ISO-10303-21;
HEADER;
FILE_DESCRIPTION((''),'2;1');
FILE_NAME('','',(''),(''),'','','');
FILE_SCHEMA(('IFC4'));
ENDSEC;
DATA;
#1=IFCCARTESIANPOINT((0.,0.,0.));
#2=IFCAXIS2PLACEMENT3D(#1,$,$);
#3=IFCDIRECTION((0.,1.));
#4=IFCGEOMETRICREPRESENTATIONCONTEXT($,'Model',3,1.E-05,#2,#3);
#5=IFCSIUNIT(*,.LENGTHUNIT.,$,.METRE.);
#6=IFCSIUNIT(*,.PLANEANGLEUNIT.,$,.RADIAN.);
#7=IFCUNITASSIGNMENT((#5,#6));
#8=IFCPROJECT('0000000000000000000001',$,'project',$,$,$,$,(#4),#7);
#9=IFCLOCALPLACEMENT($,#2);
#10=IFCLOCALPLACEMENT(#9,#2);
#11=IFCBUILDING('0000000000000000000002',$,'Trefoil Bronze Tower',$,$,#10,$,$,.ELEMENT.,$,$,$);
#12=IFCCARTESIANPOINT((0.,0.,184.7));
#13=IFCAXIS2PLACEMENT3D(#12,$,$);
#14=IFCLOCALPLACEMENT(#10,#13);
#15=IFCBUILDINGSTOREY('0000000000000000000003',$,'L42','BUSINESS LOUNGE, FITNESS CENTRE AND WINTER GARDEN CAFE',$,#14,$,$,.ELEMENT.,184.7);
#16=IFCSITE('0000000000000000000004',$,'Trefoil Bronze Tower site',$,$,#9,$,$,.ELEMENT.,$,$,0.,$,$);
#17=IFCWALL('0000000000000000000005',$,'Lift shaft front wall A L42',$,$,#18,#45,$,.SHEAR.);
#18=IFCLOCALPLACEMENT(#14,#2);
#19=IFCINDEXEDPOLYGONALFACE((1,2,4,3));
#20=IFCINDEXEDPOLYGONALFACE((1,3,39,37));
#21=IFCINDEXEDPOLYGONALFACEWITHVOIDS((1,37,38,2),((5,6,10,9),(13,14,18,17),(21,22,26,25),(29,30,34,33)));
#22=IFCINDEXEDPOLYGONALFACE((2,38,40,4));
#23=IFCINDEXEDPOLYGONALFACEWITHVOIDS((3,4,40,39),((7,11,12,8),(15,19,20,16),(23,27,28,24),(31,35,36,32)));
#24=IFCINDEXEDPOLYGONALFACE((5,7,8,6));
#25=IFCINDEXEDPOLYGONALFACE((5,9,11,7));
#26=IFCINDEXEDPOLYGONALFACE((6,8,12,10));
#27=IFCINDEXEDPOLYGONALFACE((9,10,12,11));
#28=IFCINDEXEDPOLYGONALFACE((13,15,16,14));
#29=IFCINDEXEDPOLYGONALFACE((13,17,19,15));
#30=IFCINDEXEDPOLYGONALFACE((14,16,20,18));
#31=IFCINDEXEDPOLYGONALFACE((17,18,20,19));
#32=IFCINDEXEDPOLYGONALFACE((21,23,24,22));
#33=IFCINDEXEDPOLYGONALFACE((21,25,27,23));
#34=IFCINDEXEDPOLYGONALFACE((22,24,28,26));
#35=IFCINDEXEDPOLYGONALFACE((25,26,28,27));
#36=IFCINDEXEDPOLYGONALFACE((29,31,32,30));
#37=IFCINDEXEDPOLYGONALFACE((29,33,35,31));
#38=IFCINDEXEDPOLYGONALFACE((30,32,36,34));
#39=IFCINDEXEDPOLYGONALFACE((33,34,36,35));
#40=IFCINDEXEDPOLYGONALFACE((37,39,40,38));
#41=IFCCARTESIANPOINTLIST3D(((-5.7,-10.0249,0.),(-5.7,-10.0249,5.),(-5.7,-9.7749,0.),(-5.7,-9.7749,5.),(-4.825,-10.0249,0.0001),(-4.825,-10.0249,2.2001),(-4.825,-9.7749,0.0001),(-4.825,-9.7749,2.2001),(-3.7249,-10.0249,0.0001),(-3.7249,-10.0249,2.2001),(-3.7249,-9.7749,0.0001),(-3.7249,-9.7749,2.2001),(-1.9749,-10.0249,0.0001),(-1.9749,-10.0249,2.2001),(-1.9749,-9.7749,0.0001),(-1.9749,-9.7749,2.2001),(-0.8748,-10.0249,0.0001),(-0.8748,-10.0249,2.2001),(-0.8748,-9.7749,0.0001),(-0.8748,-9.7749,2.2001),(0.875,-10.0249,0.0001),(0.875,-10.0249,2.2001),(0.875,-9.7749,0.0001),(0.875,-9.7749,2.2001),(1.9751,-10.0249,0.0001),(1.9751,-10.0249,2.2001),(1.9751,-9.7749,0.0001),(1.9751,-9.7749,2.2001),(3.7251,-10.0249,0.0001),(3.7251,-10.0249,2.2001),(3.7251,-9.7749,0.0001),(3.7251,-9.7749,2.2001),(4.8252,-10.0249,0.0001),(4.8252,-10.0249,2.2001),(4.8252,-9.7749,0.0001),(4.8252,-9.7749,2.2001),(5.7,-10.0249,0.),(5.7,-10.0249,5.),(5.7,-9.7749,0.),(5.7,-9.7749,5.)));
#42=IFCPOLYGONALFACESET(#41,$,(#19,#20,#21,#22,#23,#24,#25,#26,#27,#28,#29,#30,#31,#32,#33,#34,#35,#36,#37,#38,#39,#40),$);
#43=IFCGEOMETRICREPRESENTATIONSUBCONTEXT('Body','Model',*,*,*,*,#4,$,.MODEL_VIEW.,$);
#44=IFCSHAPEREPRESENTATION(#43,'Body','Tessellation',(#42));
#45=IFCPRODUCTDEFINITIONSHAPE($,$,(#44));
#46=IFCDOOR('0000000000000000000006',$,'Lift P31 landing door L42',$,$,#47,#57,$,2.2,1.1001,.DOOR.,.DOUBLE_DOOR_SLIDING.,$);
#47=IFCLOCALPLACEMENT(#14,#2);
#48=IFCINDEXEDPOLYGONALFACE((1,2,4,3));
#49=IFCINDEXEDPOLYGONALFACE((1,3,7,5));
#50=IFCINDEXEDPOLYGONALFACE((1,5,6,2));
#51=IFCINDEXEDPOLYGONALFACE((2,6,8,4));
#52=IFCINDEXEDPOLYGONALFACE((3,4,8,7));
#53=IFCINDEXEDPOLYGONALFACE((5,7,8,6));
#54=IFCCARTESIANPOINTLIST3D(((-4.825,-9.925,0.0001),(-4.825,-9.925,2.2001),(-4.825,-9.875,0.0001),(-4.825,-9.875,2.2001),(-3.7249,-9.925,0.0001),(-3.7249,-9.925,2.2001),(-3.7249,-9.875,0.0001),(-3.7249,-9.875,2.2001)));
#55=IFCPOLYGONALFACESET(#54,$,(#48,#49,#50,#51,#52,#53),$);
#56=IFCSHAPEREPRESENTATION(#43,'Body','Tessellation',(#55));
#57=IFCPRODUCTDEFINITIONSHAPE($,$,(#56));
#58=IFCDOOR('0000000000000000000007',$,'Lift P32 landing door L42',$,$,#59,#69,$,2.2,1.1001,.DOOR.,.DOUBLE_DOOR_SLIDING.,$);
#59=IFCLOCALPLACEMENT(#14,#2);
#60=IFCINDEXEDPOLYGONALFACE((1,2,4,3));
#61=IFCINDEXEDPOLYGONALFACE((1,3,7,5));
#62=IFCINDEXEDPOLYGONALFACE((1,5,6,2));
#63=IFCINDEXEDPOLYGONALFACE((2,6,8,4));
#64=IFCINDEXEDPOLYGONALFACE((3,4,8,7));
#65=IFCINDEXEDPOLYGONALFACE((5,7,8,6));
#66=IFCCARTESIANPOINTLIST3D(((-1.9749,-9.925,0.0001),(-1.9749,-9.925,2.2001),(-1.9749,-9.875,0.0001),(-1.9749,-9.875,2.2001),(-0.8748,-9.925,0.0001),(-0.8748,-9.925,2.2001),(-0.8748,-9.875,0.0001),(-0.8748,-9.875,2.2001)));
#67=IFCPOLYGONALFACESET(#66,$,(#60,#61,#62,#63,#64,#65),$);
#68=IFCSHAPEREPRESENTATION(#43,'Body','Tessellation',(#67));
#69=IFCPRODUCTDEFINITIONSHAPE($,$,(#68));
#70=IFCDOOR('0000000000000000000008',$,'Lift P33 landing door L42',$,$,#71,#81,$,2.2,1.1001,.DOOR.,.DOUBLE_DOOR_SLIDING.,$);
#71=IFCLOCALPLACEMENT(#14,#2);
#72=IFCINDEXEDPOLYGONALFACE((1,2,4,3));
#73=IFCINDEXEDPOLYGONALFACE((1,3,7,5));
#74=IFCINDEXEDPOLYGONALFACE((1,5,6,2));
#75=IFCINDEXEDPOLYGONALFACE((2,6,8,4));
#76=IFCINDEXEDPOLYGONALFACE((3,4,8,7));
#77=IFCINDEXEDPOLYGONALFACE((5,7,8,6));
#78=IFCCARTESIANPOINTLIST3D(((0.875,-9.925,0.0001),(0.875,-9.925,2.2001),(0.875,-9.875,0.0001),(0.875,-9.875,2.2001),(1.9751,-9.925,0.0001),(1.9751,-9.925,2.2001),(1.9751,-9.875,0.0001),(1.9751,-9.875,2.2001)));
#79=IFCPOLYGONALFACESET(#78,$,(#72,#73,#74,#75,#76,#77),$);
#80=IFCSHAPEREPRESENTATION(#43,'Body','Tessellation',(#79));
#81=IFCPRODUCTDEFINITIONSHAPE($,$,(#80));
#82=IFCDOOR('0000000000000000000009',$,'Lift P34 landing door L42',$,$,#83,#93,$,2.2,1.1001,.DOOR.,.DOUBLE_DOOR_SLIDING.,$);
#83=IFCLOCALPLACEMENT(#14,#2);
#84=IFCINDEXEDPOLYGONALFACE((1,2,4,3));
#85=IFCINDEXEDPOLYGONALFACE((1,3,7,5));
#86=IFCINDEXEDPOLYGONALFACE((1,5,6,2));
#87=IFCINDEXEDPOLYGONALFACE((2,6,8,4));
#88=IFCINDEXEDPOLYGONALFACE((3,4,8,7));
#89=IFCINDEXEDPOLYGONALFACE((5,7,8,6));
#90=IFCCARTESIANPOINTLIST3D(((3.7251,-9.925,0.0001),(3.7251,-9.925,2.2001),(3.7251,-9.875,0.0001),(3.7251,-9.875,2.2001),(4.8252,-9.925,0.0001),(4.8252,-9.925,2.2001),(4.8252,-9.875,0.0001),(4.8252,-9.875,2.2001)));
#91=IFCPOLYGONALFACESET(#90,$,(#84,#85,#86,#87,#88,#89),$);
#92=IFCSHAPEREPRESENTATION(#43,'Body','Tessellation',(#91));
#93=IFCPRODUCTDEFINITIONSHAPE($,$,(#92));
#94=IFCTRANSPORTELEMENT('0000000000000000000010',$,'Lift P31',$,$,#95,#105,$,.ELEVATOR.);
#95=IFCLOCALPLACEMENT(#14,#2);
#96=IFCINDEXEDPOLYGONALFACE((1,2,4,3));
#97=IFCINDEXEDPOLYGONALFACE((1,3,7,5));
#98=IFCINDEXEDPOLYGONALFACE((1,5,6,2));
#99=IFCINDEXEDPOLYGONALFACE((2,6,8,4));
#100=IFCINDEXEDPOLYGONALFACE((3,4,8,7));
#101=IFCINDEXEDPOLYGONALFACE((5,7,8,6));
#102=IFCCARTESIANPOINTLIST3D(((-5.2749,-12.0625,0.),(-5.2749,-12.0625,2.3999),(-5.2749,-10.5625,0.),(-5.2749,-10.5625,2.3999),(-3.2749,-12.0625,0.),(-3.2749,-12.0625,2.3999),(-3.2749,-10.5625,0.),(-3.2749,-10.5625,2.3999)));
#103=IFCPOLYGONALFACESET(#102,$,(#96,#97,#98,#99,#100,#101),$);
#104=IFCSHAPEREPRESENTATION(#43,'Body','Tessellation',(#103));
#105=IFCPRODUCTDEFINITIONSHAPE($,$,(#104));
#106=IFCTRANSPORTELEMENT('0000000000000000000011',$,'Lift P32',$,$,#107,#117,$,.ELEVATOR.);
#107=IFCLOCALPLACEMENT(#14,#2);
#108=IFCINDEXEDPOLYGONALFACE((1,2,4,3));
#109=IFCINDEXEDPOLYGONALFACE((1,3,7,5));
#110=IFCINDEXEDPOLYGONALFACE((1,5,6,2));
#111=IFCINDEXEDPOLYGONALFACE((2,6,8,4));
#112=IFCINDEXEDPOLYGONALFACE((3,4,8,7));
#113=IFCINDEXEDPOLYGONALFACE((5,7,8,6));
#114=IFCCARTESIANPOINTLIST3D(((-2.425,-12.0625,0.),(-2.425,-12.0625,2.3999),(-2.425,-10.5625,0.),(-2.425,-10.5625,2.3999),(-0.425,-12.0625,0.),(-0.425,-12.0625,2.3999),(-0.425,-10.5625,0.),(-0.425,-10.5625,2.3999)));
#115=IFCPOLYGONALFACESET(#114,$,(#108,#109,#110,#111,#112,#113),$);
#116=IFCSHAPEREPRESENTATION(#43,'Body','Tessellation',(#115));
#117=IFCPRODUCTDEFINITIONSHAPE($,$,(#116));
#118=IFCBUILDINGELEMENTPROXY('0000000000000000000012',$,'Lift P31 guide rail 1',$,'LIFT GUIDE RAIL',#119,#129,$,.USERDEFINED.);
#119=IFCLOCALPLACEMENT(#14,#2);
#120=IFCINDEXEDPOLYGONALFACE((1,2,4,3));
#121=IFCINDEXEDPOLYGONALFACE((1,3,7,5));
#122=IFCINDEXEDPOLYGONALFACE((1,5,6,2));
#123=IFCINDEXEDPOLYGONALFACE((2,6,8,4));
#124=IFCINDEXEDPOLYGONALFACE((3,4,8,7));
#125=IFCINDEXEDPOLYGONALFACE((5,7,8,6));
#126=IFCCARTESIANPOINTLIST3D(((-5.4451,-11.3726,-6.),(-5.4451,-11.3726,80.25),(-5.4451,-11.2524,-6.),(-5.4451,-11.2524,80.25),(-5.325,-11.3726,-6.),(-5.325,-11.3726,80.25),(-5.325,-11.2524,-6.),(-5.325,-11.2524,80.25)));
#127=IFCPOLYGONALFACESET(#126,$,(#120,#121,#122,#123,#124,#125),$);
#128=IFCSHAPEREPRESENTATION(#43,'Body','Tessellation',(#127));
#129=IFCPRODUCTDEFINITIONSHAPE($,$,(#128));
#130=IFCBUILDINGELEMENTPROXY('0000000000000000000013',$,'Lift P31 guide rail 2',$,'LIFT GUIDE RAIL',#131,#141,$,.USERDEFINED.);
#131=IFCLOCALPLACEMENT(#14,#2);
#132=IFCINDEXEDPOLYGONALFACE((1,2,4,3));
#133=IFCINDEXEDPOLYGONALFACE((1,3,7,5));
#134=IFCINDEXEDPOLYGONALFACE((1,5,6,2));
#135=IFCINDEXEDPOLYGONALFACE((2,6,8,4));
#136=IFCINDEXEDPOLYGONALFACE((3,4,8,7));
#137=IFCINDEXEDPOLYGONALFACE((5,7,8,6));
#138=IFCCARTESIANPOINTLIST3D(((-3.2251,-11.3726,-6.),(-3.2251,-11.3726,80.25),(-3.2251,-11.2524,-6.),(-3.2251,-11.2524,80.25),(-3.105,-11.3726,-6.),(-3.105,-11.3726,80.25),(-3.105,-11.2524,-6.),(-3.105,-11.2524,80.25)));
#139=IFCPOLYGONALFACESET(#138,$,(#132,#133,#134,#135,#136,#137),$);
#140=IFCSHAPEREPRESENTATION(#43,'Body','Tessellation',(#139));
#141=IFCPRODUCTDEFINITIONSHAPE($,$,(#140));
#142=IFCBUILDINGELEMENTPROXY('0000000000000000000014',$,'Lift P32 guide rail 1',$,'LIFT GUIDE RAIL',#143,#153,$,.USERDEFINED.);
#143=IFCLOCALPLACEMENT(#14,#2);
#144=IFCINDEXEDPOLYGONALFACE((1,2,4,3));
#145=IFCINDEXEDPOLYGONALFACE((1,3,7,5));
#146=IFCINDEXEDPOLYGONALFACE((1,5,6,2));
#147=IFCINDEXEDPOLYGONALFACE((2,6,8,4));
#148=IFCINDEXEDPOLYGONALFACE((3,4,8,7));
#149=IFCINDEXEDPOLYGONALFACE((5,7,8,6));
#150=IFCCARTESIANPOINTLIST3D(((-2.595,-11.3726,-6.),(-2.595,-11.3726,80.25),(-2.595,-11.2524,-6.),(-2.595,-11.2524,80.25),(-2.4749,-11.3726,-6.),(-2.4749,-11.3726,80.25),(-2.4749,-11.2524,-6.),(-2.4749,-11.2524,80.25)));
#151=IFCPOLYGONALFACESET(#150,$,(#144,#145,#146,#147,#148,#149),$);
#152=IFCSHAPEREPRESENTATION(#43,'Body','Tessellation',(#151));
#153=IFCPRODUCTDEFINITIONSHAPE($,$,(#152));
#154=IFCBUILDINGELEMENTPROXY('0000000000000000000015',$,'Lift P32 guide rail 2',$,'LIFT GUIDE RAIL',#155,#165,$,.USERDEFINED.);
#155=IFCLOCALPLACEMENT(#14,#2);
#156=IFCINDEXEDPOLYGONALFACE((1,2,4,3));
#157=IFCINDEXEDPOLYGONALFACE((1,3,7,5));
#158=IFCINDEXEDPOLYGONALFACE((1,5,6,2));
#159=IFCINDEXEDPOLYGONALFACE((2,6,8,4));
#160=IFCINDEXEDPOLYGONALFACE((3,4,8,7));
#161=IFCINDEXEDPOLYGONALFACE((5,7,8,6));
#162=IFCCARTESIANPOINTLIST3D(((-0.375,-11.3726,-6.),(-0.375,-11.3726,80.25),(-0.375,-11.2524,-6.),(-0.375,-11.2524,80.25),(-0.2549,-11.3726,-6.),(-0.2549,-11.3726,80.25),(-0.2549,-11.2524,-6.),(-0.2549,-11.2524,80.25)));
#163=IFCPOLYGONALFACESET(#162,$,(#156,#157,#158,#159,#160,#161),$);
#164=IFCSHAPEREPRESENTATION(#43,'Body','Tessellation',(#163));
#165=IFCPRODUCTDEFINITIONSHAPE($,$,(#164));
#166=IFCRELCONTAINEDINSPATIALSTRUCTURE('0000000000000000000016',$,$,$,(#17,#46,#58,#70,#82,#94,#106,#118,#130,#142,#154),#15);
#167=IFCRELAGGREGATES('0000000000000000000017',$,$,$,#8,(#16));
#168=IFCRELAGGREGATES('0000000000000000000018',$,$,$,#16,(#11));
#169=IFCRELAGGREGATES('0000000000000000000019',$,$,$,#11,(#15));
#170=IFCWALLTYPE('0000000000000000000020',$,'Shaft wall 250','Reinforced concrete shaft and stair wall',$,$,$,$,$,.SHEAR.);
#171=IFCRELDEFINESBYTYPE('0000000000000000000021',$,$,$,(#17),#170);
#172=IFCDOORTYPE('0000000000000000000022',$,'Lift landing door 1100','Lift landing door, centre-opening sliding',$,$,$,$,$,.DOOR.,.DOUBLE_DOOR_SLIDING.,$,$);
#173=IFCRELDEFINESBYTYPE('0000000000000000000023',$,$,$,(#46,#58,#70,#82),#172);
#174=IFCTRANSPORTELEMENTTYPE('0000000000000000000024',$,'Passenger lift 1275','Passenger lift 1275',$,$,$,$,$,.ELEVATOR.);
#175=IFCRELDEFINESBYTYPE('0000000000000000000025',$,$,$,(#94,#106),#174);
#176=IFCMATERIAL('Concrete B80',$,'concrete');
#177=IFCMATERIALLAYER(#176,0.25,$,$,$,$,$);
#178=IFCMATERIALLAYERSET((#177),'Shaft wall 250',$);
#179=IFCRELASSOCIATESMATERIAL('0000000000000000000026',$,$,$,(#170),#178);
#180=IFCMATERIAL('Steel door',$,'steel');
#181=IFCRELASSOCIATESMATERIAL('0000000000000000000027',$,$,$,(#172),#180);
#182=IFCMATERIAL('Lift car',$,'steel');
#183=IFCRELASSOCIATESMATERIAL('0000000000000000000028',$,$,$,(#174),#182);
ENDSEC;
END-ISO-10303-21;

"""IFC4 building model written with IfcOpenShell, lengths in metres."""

from ifc_helpers import new_model, si_unit, direction, frame, frame_2d, origin, origin_2d, place, context, subcontext, project, spatial, rectangle, extrude, material, layer, layer_set, type_object, element, fill, save


model = new_model("IFC4")

# Units and contexts
model_context = context("Model", 3, precision=1e-05, world=origin(), true_north=direction((0.0, 1.0)))
body_context = subcontext(model_context, "Body", "Model", "MODEL_VIEW")
ifc_project = project(units=[si_unit("LENGTHUNIT", "METRE"), si_unit("PLANEANGLEUNIT", "RADIAN")], contexts=[model_context])

# Site, building, storey
site_placement = place(None, origin())
site = spatial("IfcSite", under=ifc_project, at=site_placement, Name="Trefoil Bronze Tower site", CompositionType="ELEMENT", RefElevation=0.0)
building_placement = place(site_placement, origin())
building = spatial("IfcBuilding", under=site, at=building_placement, Name="Trefoil Bronze Tower", CompositionType="ELEMENT")
storey_placement = place(building_placement, frame((0.0, 0.0, 184.7)))
storey = spatial("IfcBuildingStorey", under=building, at=storey_placement, Name="L42", Description="BUSINESS LOUNGE, FITNESS CENTRE AND WINTER GARDEN CAFE", CompositionType="ELEMENT", Elevation=184.7)

# Wall, openings, doors
ifc_material_1 = material(Name="Concrete B80", Category="concrete")
ifc_layer_1 = layer(ifc_material_1, 0.25)
ifc_layer_set_1 = layer_set([ifc_layer_1], Name="Shaft wall 250")
wall_type_1 = type_object("IfcWallType", Name="Shaft wall 250", Description="Reinforced concrete shaft and stair wall", PredefinedType="SHEAR", material=ifc_layer_set_1)
wall_1_placement = place(storey_placement, frame((-5.7, -9.8999, 0.0), z_axis=(0.0, 0.0, 1.0), x_axis=(1.0, 0.0, 0.0)))
wall_1 = element("IfcWall", 1, at=wall_1_placement, inside=storey, type_object=wall_type_1, Name="Lift shaft front wall A L42", PredefinedType="SHEAR", context=body_context, shape_type="SweptSolid", body=[
    extrude(rectangle(XDim=11.3999, YDim=0.25, at=frame_2d((5.7, 0.0))), origin(), (0.0, 0.0, 1.0), 5.0),
])
opening_1_placement = place(wall_1_placement, frame((0.875, 0.0, 0.0)))
opening_1 = element("IfcOpeningElement", 2, at=opening_1_placement, cuts=wall_1, PredefinedType="OPENING", context=body_context, shape_type="SweptSolid", body=[
    extrude(rectangle(XDim=1.1001, YDim=2.2, at=frame_2d((0.55, 1.1001))), frame((0.0, 0.135, 0.0), z_axis=(0.0, -1.0, 0.0), x_axis=(1.0, 0.0, 0.0)), (0.0, 0.0, 1.0), 0.27),
])
opening_2_placement = place(wall_1_placement, frame((3.7251, 0.0, 0.0)))
opening_2 = element("IfcOpeningElement", 3, at=opening_2_placement, cuts=wall_1, PredefinedType="OPENING", context=body_context, shape_type="SweptSolid", body=[
    extrude(rectangle(XDim=1.1001, YDim=2.2, at=frame_2d((0.55, 1.1001))), frame((0.0, 0.135, 0.0), z_axis=(0.0, -1.0, 0.0), x_axis=(1.0, 0.0, 0.0)), (0.0, 0.0, 1.0), 0.27),
])
opening_3_placement = place(wall_1_placement, frame((6.575, 0.0, 0.0)))
opening_3 = element("IfcOpeningElement", 4, at=opening_3_placement, cuts=wall_1, PredefinedType="OPENING", context=body_context, shape_type="SweptSolid", body=[
    extrude(rectangle(XDim=1.1001, YDim=2.2, at=frame_2d((0.55, 1.1001))), frame((0.0, 0.135, 0.0), z_axis=(0.0, -1.0, 0.0), x_axis=(1.0, 0.0, 0.0)), (0.0, 0.0, 1.0), 0.27),
])
opening_4_placement = place(wall_1_placement, frame((9.425, 0.0, 0.0)))
opening_4 = element("IfcOpeningElement", 5, at=opening_4_placement, cuts=wall_1, PredefinedType="OPENING", context=body_context, shape_type="SweptSolid", body=[
    extrude(rectangle(XDim=1.1001, YDim=2.2, at=frame_2d((0.55, 1.1001))), frame((0.0, 0.135, 0.0), z_axis=(0.0, -1.0, 0.0), x_axis=(1.0, 0.0, 0.0)), (0.0, 0.0, 1.0), 0.27),
])
ifc_material_2 = material(Name="Steel door", Category="steel")
door_type_1 = type_object("IfcDoorType", Name="Lift landing door 1100", Description="Lift landing door, centre-opening sliding", OperationType="DOUBLE_DOOR_SLIDING", PredefinedType="DOOR", material=ifc_material_2)
door_1_placement = place(opening_1_placement, origin())
door_1 = element("IfcDoor", 6, at=door_1_placement, inside=storey, type_object=door_type_1, Name="Lift P31 landing door L42", OperationType="DOUBLE_DOOR_SLIDING", OverallHeight=2.2, OverallWidth=1.1001, PredefinedType="DOOR", context=body_context, shape_type="SweptSolid", body=[
    extrude(rectangle(XDim=1.1001, YDim=2.2, at=frame_2d((0.55, 1.1001))), frame((0.0, 0.0249, 0.0), z_axis=(0.0, -1.0, 0.0), x_axis=(1.0, 0.0, 0.0)), (0.0, 0.0, 1.0), 0.05),
])
fill(opening_1, door_1)
door_2_placement = place(opening_2_placement, origin())
door_2 = element("IfcDoor", 7, at=door_2_placement, inside=storey, type_object=door_type_1, Name="Lift P32 landing door L42", OperationType="DOUBLE_DOOR_SLIDING", OverallHeight=2.2, OverallWidth=1.1001, PredefinedType="DOOR", context=body_context, shape_type="SweptSolid", body=[
    extrude(rectangle(XDim=1.1001, YDim=2.2, at=frame_2d((0.55, 1.1001))), frame((0.0, 0.0249, 0.0), z_axis=(0.0, -1.0, 0.0), x_axis=(1.0, 0.0, 0.0)), (0.0, 0.0, 1.0), 0.05),
])
fill(opening_2, door_2)
door_3_placement = place(opening_3_placement, origin())
door_3 = element("IfcDoor", 8, at=door_3_placement, inside=storey, type_object=door_type_1, Name="Lift P33 landing door L42", OperationType="DOUBLE_DOOR_SLIDING", OverallHeight=2.2, OverallWidth=1.1001, PredefinedType="DOOR", context=body_context, shape_type="SweptSolid", body=[
    extrude(rectangle(XDim=1.1001, YDim=2.2, at=frame_2d((0.55, 1.1001))), frame((0.0, 0.0249, 0.0), z_axis=(0.0, -1.0, 0.0), x_axis=(1.0, 0.0, 0.0)), (0.0, 0.0, 1.0), 0.05),
])
fill(opening_3, door_3)
door_4_placement = place(opening_4_placement, origin())
door_4 = element("IfcDoor", 9, at=door_4_placement, inside=storey, type_object=door_type_1, Name="Lift P34 landing door L42", OperationType="DOUBLE_DOOR_SLIDING", OverallHeight=2.2, OverallWidth=1.1001, PredefinedType="DOOR", context=body_context, shape_type="SweptSolid", body=[
    extrude(rectangle(XDim=1.1001, YDim=2.2, at=frame_2d((0.55, 1.1001))), frame((0.0, 0.0249, 0.0), z_axis=(0.0, -1.0, 0.0), x_axis=(1.0, 0.0, 0.0)), (0.0, 0.0, 1.0), 0.05),
])
fill(opening_4, door_4)

# Transport elements
ifc_material_3 = material(Name="Lift car", Category="steel")
transport_element_type = type_object("IfcTransportElementType", Name="Passenger lift 1275", Description="Passenger lift 1275", PredefinedType="ELEVATOR", material=ifc_material_3)
for number, where, z_axis, x_axis, name in (
    (10, (-4.2749, -11.3125, 0.0), (0.0, 0.0, 1.0), (1.0, 0.0, 0.0), "Lift P31"),
    (11, (-1.425, -11.3125, 0.0), (0.0, 0.0, 1.0), (1.0, 0.0, 0.0), "Lift P32"),
):
    element("IfcTransportElement", number, at=place(storey_placement, frame(where, z_axis=z_axis, x_axis=x_axis)), inside=storey, type_object=transport_element_type, Name=name, PredefinedType="ELEVATOR", context=body_context, shape_type="SweptSolid", body=[
        extrude(rectangle(XDim=2.0, YDim=1.5, at=origin_2d()), origin(), (0.0, 0.0, 1.0), 2.3999),
    ])

# Building element proxies
for number, where, z_axis, x_axis, name in (
    (12, (-5.385, -11.3125, -6.0), (0.0, 0.0, 1.0), (1.0, 0.0, 0.0), "Lift P31 guide rail 1"),
    (13, (-3.165, -11.3125, -6.0), (0.0, 0.0, 1.0), (1.0, 0.0, 0.0), "Lift P31 guide rail 2"),
    (14, (-2.5349, -11.3125, -6.0), (0.0, 0.0, 1.0), (1.0, 0.0, 0.0), "Lift P32 guide rail 1"),
    (15, (-0.3149, -11.3125, -6.0), (0.0, 0.0, 1.0), (1.0, 0.0, 0.0), "Lift P32 guide rail 2"),
):
    element("IfcBuildingElementProxy", number, at=place(storey_placement, frame(where, z_axis=z_axis, x_axis=x_axis)), inside=storey, Name=name, ObjectType="LIFT GUIDE RAIL", PredefinedType="USERDEFINED", context=body_context, shape_type="SweptSolid", body=[
        extrude(rectangle(XDim=0.1201, YDim=0.1201, at=origin_2d()), origin(), (0.0, 0.0, 1.0), 86.25),
    ])

save(model, "model.ifc")
